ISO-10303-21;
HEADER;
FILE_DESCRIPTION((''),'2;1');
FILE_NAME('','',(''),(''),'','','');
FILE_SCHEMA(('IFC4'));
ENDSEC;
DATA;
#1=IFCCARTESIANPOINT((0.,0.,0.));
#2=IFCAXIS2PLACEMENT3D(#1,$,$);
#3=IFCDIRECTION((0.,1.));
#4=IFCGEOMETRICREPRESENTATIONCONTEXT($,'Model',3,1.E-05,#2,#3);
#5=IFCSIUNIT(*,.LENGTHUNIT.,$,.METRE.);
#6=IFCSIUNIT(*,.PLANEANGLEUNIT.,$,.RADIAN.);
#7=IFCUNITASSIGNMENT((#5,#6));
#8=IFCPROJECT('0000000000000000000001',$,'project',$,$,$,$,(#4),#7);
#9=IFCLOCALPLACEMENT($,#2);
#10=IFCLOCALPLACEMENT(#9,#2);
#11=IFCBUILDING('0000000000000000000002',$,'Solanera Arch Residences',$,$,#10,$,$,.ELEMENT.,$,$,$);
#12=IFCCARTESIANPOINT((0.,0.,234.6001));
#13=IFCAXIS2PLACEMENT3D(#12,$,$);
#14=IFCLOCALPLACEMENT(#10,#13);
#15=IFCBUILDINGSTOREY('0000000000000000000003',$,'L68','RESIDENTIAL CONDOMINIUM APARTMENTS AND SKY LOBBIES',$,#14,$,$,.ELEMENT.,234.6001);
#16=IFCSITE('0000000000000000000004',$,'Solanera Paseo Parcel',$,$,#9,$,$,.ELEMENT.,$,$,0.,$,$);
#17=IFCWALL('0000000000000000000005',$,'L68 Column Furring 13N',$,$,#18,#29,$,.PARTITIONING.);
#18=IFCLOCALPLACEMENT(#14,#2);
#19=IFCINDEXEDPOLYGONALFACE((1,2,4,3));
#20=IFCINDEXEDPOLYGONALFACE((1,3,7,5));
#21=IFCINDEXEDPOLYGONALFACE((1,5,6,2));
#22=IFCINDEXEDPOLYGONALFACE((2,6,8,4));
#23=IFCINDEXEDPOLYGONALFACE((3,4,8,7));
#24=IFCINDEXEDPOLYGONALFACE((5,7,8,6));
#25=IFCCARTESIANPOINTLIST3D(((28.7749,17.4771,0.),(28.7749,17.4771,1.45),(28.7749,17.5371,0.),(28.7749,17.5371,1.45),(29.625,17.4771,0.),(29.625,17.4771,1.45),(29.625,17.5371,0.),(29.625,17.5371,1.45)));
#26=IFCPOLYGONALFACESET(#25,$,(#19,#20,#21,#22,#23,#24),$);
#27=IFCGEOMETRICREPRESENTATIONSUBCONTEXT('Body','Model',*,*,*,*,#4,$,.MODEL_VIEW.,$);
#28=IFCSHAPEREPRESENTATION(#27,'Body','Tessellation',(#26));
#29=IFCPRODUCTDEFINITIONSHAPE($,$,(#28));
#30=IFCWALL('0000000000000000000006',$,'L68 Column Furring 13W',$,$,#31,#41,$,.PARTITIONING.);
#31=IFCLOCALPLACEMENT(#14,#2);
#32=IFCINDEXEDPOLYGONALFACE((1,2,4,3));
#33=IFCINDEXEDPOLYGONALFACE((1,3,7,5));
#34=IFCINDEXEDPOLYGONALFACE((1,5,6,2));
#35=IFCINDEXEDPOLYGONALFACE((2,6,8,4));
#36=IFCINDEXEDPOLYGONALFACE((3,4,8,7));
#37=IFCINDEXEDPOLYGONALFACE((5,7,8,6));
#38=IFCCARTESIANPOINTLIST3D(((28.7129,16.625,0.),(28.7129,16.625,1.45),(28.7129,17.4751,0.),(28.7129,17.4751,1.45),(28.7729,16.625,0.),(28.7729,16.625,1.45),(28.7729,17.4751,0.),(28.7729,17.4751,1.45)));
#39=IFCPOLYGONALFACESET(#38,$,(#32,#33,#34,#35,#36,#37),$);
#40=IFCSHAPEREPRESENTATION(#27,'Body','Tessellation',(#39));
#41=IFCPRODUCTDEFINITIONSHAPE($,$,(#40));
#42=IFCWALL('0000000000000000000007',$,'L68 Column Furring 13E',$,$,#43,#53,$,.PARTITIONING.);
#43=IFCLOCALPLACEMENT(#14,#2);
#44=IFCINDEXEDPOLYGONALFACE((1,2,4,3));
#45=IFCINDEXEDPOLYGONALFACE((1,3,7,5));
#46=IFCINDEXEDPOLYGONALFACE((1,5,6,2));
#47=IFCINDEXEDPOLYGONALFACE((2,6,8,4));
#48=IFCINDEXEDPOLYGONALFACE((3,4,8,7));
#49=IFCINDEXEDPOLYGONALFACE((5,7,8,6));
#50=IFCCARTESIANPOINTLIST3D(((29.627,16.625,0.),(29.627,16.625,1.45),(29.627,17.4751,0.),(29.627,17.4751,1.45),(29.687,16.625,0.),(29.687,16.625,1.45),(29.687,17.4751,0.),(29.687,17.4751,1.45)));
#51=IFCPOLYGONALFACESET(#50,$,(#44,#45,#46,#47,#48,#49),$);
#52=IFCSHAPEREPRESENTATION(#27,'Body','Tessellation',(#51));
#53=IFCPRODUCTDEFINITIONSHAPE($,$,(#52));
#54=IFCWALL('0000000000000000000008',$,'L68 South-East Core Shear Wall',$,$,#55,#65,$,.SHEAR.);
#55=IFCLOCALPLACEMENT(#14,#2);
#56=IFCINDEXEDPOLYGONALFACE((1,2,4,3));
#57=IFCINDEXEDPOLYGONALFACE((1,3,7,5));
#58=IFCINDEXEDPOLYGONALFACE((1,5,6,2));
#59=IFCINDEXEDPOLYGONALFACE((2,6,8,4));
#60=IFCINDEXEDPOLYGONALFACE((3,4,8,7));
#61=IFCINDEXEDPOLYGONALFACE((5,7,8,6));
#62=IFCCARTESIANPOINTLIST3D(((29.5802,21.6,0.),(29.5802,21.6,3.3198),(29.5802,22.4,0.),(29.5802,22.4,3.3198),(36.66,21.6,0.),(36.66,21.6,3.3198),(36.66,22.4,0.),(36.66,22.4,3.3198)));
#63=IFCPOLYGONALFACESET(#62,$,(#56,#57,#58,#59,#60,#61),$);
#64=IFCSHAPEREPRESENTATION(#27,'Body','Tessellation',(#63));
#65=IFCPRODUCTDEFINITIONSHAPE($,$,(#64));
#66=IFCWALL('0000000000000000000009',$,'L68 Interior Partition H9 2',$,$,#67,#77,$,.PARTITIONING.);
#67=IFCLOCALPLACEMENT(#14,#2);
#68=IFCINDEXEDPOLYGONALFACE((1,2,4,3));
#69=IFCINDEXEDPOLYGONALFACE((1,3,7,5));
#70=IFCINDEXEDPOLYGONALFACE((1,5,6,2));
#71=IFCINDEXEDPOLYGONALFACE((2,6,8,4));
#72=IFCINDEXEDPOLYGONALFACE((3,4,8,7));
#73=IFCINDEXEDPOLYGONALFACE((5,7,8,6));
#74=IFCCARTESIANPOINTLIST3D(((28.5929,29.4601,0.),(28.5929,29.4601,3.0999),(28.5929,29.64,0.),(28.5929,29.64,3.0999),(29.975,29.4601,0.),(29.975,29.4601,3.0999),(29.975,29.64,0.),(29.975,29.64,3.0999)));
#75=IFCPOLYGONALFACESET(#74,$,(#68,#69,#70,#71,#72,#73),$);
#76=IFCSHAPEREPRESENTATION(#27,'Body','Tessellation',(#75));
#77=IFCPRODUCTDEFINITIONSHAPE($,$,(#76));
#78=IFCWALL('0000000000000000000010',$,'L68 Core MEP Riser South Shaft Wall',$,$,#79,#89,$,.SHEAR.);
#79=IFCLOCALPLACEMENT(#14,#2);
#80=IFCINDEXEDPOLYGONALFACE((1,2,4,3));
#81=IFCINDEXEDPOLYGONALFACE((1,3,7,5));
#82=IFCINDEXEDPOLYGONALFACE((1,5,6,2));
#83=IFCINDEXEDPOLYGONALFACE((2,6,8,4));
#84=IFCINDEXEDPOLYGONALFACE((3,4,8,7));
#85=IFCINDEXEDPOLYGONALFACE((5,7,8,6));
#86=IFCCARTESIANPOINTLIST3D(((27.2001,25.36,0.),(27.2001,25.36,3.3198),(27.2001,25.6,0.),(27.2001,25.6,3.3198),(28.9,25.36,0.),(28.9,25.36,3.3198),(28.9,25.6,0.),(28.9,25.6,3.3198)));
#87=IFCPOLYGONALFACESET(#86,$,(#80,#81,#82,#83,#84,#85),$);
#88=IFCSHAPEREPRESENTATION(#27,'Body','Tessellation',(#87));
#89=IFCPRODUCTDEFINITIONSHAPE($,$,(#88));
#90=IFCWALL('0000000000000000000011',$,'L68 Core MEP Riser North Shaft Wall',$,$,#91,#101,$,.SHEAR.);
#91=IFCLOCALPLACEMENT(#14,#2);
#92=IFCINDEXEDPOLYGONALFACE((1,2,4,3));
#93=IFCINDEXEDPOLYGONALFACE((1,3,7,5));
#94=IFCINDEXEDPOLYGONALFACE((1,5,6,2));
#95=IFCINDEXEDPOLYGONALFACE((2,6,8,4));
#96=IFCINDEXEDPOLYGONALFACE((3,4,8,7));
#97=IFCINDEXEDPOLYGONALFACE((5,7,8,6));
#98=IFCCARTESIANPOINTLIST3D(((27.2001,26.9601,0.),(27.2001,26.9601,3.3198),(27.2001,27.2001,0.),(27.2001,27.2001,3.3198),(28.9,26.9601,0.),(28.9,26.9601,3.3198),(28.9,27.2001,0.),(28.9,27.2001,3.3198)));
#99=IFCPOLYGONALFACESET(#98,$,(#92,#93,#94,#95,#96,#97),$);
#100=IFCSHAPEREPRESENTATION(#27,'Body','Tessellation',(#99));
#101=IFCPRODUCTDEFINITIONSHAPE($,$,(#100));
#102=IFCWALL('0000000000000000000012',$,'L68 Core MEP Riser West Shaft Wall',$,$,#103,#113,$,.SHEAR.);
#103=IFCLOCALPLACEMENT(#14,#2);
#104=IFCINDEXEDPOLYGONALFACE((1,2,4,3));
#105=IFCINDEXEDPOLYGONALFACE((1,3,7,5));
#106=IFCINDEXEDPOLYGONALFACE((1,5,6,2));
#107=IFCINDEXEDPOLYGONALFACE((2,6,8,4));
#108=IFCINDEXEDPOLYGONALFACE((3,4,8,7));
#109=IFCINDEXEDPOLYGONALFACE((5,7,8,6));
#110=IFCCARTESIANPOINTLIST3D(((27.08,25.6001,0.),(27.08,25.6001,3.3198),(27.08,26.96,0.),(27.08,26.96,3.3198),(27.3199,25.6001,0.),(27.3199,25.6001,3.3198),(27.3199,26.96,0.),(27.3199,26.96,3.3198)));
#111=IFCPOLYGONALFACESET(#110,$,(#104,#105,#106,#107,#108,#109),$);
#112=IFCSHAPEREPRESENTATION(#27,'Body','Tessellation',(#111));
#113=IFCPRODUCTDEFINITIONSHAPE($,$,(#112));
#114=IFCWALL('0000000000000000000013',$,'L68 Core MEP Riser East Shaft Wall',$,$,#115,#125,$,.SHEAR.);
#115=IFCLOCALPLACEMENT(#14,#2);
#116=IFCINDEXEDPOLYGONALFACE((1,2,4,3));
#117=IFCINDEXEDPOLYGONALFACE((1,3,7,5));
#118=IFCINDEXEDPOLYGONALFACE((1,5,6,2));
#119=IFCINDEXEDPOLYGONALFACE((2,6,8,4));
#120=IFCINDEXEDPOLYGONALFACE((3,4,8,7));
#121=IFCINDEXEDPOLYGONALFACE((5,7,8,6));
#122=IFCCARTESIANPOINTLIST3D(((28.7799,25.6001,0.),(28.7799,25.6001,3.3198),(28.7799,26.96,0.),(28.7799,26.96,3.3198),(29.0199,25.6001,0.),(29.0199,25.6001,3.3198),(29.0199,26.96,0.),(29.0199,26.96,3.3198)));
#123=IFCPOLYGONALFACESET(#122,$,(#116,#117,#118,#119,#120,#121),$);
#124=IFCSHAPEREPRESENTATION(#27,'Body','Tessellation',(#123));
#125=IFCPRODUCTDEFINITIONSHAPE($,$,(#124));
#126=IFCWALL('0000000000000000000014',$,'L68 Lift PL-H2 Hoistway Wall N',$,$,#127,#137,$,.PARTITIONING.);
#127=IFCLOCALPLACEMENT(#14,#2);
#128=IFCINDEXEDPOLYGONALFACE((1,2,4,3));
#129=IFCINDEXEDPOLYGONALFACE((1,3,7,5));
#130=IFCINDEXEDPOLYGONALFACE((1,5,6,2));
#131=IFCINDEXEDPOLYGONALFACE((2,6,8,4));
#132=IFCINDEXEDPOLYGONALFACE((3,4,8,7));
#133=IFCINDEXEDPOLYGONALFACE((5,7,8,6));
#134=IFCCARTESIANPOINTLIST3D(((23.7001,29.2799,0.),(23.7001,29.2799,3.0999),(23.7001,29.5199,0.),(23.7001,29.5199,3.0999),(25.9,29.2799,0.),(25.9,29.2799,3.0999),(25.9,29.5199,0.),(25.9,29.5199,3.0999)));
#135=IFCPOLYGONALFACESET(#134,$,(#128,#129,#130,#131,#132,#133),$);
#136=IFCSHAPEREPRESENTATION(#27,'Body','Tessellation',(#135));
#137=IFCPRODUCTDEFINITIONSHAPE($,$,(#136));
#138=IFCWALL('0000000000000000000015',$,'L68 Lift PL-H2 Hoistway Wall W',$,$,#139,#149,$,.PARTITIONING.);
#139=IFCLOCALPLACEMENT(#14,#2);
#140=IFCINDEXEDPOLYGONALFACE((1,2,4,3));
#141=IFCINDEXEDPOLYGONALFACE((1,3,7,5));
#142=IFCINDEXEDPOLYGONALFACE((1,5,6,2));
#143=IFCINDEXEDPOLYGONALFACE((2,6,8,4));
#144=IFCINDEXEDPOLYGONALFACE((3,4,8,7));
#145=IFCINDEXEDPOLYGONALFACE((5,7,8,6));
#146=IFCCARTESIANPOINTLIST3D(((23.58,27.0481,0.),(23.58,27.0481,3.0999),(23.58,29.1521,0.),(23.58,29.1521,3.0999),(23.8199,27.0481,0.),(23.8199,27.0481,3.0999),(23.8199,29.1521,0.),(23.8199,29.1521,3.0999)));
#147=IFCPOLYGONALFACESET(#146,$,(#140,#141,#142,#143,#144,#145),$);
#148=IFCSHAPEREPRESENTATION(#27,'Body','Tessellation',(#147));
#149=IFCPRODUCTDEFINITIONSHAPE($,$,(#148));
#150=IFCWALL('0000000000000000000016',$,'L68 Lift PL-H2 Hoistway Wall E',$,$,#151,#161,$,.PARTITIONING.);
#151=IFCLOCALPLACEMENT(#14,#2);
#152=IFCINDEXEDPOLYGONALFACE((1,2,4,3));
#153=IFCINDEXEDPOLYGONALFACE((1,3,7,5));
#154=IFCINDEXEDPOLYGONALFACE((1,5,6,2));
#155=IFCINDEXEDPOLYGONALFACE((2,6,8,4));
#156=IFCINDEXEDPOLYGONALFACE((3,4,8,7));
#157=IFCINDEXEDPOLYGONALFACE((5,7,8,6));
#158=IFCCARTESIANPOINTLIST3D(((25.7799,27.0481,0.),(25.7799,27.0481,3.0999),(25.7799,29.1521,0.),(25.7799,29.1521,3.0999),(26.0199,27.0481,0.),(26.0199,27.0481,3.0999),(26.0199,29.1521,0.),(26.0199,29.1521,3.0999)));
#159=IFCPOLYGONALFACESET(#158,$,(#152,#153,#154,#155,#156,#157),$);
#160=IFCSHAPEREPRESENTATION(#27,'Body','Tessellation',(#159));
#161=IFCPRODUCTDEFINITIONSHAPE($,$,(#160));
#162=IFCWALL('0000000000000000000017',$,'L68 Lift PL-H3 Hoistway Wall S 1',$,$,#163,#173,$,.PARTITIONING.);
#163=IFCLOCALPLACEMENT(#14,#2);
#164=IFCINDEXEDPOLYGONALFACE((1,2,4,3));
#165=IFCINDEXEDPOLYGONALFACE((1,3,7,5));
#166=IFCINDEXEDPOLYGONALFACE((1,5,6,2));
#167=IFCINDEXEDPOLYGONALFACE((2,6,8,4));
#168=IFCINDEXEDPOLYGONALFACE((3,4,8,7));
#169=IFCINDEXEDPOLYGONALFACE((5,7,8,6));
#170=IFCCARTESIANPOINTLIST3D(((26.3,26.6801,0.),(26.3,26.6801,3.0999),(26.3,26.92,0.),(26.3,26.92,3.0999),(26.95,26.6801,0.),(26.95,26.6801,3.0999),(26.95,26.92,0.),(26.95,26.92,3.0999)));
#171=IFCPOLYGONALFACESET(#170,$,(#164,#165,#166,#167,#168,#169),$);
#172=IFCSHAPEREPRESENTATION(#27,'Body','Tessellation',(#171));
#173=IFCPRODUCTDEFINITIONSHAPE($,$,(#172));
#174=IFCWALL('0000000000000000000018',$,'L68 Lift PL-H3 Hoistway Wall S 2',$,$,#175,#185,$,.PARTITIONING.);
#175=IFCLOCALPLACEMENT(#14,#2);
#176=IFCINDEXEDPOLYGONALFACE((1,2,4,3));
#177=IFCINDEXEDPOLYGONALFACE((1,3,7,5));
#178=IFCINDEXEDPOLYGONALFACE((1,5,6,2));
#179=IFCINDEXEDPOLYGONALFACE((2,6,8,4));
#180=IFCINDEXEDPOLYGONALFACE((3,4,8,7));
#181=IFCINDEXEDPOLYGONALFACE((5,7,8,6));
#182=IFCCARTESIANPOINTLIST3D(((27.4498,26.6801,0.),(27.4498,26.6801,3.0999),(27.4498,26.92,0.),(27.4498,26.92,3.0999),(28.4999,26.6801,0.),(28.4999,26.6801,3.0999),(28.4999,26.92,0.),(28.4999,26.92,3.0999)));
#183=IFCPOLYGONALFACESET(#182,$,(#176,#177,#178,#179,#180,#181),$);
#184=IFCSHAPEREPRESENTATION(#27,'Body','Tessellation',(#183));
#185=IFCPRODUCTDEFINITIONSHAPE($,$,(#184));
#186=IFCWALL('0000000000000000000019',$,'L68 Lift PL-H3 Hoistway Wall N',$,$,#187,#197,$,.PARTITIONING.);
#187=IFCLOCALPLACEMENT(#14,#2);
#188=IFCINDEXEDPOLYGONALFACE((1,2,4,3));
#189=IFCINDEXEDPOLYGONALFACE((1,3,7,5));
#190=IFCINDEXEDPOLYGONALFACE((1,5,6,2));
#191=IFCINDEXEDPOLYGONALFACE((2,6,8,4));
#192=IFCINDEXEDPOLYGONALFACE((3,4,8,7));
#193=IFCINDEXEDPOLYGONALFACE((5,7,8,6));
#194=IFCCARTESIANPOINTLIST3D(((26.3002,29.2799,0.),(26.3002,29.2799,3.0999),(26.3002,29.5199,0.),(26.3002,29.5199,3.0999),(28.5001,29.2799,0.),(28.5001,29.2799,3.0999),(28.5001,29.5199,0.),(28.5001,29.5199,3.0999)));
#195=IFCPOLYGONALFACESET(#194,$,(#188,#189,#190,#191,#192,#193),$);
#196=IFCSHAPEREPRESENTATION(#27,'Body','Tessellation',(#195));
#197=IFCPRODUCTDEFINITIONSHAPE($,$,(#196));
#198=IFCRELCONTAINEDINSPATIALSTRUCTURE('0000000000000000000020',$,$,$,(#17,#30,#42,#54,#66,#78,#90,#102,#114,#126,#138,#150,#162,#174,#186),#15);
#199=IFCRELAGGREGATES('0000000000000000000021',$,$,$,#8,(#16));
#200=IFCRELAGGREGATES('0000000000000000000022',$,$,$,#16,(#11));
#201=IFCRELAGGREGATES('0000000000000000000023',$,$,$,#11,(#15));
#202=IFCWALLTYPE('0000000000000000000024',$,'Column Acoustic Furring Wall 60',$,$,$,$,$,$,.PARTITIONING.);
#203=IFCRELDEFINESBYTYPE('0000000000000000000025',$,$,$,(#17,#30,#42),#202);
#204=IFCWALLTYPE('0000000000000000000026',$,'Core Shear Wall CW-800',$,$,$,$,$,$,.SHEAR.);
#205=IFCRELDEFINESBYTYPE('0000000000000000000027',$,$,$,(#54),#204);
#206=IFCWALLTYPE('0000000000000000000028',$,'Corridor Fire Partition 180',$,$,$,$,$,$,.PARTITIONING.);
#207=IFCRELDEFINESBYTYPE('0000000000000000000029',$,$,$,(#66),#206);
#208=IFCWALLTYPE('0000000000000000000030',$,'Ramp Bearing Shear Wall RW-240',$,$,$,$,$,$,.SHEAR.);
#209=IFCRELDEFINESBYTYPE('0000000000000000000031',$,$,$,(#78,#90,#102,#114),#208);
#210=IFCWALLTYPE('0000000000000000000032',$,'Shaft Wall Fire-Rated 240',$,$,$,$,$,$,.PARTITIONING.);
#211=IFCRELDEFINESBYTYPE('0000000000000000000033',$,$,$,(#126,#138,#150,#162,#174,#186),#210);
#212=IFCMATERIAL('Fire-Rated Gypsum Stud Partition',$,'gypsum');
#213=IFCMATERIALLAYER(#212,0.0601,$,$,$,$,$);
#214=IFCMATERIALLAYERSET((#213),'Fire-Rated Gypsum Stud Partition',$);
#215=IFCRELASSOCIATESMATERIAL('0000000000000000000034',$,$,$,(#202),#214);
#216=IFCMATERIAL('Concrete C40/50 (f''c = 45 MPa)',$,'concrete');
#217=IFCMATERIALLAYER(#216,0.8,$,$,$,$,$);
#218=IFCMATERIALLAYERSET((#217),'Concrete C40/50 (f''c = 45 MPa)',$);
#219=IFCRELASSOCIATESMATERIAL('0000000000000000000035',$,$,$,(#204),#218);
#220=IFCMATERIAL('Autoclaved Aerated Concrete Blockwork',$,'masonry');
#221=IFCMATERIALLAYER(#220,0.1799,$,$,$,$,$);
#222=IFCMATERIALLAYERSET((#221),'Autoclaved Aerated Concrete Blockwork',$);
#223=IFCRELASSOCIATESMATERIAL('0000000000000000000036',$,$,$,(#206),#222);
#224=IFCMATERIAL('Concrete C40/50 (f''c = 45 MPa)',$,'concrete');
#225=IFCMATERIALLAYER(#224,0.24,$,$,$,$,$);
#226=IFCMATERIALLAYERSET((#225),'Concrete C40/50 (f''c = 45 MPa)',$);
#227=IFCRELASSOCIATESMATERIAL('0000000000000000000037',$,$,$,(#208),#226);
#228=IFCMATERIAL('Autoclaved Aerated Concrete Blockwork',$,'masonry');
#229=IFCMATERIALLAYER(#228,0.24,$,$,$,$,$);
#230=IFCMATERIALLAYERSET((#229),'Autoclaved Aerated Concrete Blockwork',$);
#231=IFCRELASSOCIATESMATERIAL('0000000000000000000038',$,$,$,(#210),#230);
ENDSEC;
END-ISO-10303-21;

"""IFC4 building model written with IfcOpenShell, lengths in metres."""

from ifc_helpers import new_model, si_unit, direction, frame, frame_2d, origin, place, context, subcontext, project, spatial, rectangle, extrude, material, layer, layer_set, type_object, element, save


model = new_model("IFC4")

# Units and contexts
model_context = context("Model", 3, precision=1e-05, world=origin(), true_north=direction((0.0, 1.0)))
body_context = subcontext(model_context, "Body", "Model", "MODEL_VIEW")
ifc_project = project(units=[si_unit("LENGTHUNIT", "METRE"), si_unit("PLANEANGLEUNIT", "RADIAN")], contexts=[model_context])

# Site, building, storey
site_placement = place(None, origin())
site = spatial("IfcSite", under=ifc_project, at=site_placement, Name="Solanera Paseo Parcel", CompositionType="ELEMENT", RefElevation=0.0)
building_placement = place(site_placement, origin())
building = spatial("IfcBuilding", under=site, at=building_placement, Name="Solanera Arch Residences", CompositionType="ELEMENT")
storey_placement = place(building_placement, frame((0.0, 0.0, 234.6001)))
storey = spatial("IfcBuildingStorey", under=building, at=storey_placement, Name="L68", Description="RESIDENTIAL CONDOMINIUM APARTMENTS AND SKY LOBBIES", CompositionType="ELEMENT", Elevation=234.6001)

# Walls
ifc_material_1 = material(Name="Fire-Rated Gypsum Stud Partition", Category="gypsum")
ifc_layer_1 = layer(ifc_material_1, 0.0601)
ifc_layer_set_1 = layer_set([ifc_layer_1], Name="Fire-Rated Gypsum Stud Partition")
wall_type_1 = type_object("IfcWallType", Name="Column Acoustic Furring Wall 60", PredefinedType="PARTITIONING", material=ifc_layer_set_1)
for number, where, z_axis, x_axis, name in (
    (1, (28.7749, 17.5071, 0.0), (0.0, 0.0, 1.0), (1.0, 0.0, 0.0), "L68 Column Furring 13N"),
    (2, (28.7429, 16.625, 0.0), (0.0, 0.0, 1.0), (0.0, 1.0, 0.0), "L68 Column Furring 13W"),
    (3, (29.657, 16.625, 0.0), (0.0, 0.0, 1.0), (0.0, 1.0, 0.0), "L68 Column Furring 13E"),
):
    element("IfcWall", number, at=place(storey_placement, frame(where, z_axis=z_axis, x_axis=x_axis)), inside=storey, type_object=wall_type_1, Name=name, PredefinedType="PARTITIONING", context=body_context, shape_type="SweptSolid", body=[
        extrude(rectangle(XDim=0.8501, YDim=0.0601, at=frame_2d((0.425, 0.0))), origin(), (0.0, 0.0, 1.0), 1.45),
    ])
ifc_material_2 = material(Name="Concrete C40/50 (f'c = 45 MPa)", Category="concrete")
ifc_layer_2 = layer(ifc_material_2, 0.8)
ifc_layer_set_2 = layer_set([ifc_layer_2], Name="Concrete C40/50 (f'c = 45 MPa)")
wall_type_2 = type_object("IfcWallType", Name="Core Shear Wall CW-800", PredefinedType="SHEAR", material=ifc_layer_set_2)
wall_1_placement = place(storey_placement, frame((29.5801, 22.0, 0.0), z_axis=(0.0, 0.0, 1.0), x_axis=(1.0, 0.0, 0.0)))
element("IfcWall", 4, at=wall_1_placement, inside=storey, type_object=wall_type_2, Name="L68 South-East Core Shear Wall", PredefinedType="SHEAR", context=body_context, shape_type="SweptSolid", body=[
    extrude(rectangle(XDim=7.0798, YDim=0.8, at=frame_2d((3.54, 0.0))), origin(), (0.0, 0.0, 1.0), 3.3198),
])
ifc_material_3 = material(Name="Autoclaved Aerated Concrete Blockwork", Category="masonry")
ifc_layer_3 = layer(ifc_material_3, 0.1799)
ifc_layer_set_3 = layer_set([ifc_layer_3], Name="Autoclaved Aerated Concrete Blockwork")
wall_type_3 = type_object("IfcWallType", Name="Corridor Fire Partition 180", PredefinedType="PARTITIONING", material=ifc_layer_set_3)
wall_2_placement = place(storey_placement, frame((28.593, 29.55, 0.0), z_axis=(0.0, 0.0, 1.0), x_axis=(1.0, 0.0, 0.0)))
element("IfcWall", 5, at=wall_2_placement, inside=storey, type_object=wall_type_3, Name="L68 Interior Partition H9 2", PredefinedType="PARTITIONING", context=body_context, shape_type="SweptSolid", body=[
    extrude(rectangle(XDim=1.3821, YDim=0.1799, at=frame_2d((0.6909, 0.0))), origin(), (0.0, 0.0, 1.0), 3.0999),
])
ifc_material_4 = material(Name="Concrete C40/50 (f'c = 45 MPa)", Category="concrete")
ifc_layer_4 = layer(ifc_material_4, 0.24)
ifc_layer_set_4 = layer_set([ifc_layer_4], Name="Concrete C40/50 (f'c = 45 MPa)")
wall_type_4 = type_object("IfcWallType", Name="Ramp Bearing Shear Wall RW-240", PredefinedType="SHEAR", material=ifc_layer_set_4)
for number, where, z_axis, x_axis, name in (
    (6, (27.2, 25.48, 0.0), (0.0, 0.0, 1.0), (1.0, 0.0, 0.0), "L68 Core MEP Riser South Shaft Wall"),
    (7, (27.2, 27.0801, 0.0), (0.0, 0.0, 1.0), (1.0, 0.0, 0.0), "L68 Core MEP Riser North Shaft Wall"),
):
    element("IfcWall", number, at=place(storey_placement, frame(where, z_axis=z_axis, x_axis=x_axis)), inside=storey, type_object=wall_type_4, Name=name, PredefinedType="SHEAR", context=body_context, shape_type="SweptSolid", body=[
        extrude(rectangle(XDim=1.7, YDim=0.24, at=frame_2d((0.8501, 0.0))), origin(), (0.0, 0.0, 1.0), 3.3198),
    ])
for number, where, z_axis, x_axis, name in (
    (8, (27.2, 25.6001, 0.0), (0.0, 0.0, 1.0), (0.0, 1.0, 0.0), "L68 Core MEP Riser West Shaft Wall"),
    (9, (28.8999, 25.6001, 0.0), (0.0, 0.0, 1.0), (0.0, 1.0, 0.0), "L68 Core MEP Riser East Shaft Wall"),
):
    element("IfcWall", number, at=place(storey_placement, frame(where, z_axis=z_axis, x_axis=x_axis)), inside=storey, type_object=wall_type_4, Name=name, PredefinedType="SHEAR", context=body_context, shape_type="SweptSolid", body=[
        extrude(rectangle(XDim=1.3599, YDim=0.24, at=frame_2d((0.6799, 0.0))), origin(), (0.0, 0.0, 1.0), 3.3198),
    ])
ifc_material_5 = material(Name="Autoclaved Aerated Concrete Blockwork", Category="masonry")
ifc_layer_5 = layer(ifc_material_5, 0.24)
ifc_layer_set_5 = layer_set([ifc_layer_5], Name="Autoclaved Aerated Concrete Blockwork")
wall_type_5 = type_object("IfcWallType", Name="Shaft Wall Fire-Rated 240", PredefinedType="PARTITIONING", material=ifc_layer_set_5)
wall_3_placement = place(storey_placement, frame((23.7, 29.3999, 0.0), z_axis=(0.0, 0.0, 1.0), x_axis=(1.0, 0.0, 0.0)))
element("IfcWall", 10, at=wall_3_placement, inside=storey, type_object=wall_type_5, Name="L68 Lift PL-H2 Hoistway Wall N", PredefinedType="PARTITIONING", context=body_context, shape_type="SweptSolid", body=[
    extrude(rectangle(XDim=2.2, YDim=0.24, at=frame_2d((1.1001, 0.0))), origin(), (0.0, 0.0, 1.0), 3.0999),
])
for number, where, z_axis, x_axis, name in (
    (11, (23.7, 27.0481, 0.0), (0.0, 0.0, 1.0), (0.0, 1.0, 0.0), "L68 Lift PL-H2 Hoistway Wall W"),
    (12, (25.8999, 27.0481, 0.0), (0.0, 0.0, 1.0), (0.0, 1.0, 0.0), "L68 Lift PL-H2 Hoistway Wall E"),
):
    element("IfcWall", number, at=place(storey_placement, frame(where, z_axis=z_axis, x_axis=x_axis)), inside=storey, type_object=wall_type_5, Name=name, PredefinedType="PARTITIONING", context=body_context, shape_type="SweptSolid", body=[
        extrude(rectangle(XDim=2.104, YDim=0.24, at=frame_2d((1.052, 0.0))), origin(), (0.0, 0.0, 1.0), 3.0999),
    ])
wall_4_placement = place(storey_placement, frame((26.3, 26.8, 0.0), z_axis=(0.0, 0.0, 1.0), x_axis=(1.0, 0.0, 0.0)))
element("IfcWall", 13, at=wall_4_placement, inside=storey, type_object=wall_type_5, Name="L68 Lift PL-H3 Hoistway Wall S 1", PredefinedType="PARTITIONING", context=body_context, shape_type="SweptSolid", body=[
    extrude(rectangle(XDim=0.6499, YDim=0.24, at=frame_2d((0.325, 0.0))), origin(), (0.0, 0.0, 1.0), 3.0999),
])
wall_5_placement = place(storey_placement, frame((27.45, 26.8, 0.0), z_axis=(0.0, 0.0, 1.0), x_axis=(1.0, 0.0, 0.0)))
element("IfcWall", 14, at=wall_5_placement, inside=storey, type_object=wall_type_5, Name="L68 Lift PL-H3 Hoistway Wall S 2", PredefinedType="PARTITIONING", context=body_context, shape_type="SweptSolid", body=[
    extrude(rectangle(XDim=1.05, YDim=0.24, at=frame_2d((0.5249, 0.0))), origin(), (0.0, 0.0, 1.0), 3.0999),
])
wall_6_placement = place(storey_placement, frame((26.3, 29.3999, 0.0), z_axis=(0.0, 0.0, 1.0), x_axis=(1.0, 0.0, 0.0)))
element("IfcWall", 15, at=wall_6_placement, inside=storey, type_object=wall_type_5, Name="L68 Lift PL-H3 Hoistway Wall N", PredefinedType="PARTITIONING", context=body_context, shape_type="SweptSolid", body=[
    extrude(rectangle(XDim=2.2, YDim=0.24, at=frame_2d((1.1001, 0.0))), origin(), (0.0, 0.0, 1.0), 3.0999),
])

save(model, "model.ifc")
